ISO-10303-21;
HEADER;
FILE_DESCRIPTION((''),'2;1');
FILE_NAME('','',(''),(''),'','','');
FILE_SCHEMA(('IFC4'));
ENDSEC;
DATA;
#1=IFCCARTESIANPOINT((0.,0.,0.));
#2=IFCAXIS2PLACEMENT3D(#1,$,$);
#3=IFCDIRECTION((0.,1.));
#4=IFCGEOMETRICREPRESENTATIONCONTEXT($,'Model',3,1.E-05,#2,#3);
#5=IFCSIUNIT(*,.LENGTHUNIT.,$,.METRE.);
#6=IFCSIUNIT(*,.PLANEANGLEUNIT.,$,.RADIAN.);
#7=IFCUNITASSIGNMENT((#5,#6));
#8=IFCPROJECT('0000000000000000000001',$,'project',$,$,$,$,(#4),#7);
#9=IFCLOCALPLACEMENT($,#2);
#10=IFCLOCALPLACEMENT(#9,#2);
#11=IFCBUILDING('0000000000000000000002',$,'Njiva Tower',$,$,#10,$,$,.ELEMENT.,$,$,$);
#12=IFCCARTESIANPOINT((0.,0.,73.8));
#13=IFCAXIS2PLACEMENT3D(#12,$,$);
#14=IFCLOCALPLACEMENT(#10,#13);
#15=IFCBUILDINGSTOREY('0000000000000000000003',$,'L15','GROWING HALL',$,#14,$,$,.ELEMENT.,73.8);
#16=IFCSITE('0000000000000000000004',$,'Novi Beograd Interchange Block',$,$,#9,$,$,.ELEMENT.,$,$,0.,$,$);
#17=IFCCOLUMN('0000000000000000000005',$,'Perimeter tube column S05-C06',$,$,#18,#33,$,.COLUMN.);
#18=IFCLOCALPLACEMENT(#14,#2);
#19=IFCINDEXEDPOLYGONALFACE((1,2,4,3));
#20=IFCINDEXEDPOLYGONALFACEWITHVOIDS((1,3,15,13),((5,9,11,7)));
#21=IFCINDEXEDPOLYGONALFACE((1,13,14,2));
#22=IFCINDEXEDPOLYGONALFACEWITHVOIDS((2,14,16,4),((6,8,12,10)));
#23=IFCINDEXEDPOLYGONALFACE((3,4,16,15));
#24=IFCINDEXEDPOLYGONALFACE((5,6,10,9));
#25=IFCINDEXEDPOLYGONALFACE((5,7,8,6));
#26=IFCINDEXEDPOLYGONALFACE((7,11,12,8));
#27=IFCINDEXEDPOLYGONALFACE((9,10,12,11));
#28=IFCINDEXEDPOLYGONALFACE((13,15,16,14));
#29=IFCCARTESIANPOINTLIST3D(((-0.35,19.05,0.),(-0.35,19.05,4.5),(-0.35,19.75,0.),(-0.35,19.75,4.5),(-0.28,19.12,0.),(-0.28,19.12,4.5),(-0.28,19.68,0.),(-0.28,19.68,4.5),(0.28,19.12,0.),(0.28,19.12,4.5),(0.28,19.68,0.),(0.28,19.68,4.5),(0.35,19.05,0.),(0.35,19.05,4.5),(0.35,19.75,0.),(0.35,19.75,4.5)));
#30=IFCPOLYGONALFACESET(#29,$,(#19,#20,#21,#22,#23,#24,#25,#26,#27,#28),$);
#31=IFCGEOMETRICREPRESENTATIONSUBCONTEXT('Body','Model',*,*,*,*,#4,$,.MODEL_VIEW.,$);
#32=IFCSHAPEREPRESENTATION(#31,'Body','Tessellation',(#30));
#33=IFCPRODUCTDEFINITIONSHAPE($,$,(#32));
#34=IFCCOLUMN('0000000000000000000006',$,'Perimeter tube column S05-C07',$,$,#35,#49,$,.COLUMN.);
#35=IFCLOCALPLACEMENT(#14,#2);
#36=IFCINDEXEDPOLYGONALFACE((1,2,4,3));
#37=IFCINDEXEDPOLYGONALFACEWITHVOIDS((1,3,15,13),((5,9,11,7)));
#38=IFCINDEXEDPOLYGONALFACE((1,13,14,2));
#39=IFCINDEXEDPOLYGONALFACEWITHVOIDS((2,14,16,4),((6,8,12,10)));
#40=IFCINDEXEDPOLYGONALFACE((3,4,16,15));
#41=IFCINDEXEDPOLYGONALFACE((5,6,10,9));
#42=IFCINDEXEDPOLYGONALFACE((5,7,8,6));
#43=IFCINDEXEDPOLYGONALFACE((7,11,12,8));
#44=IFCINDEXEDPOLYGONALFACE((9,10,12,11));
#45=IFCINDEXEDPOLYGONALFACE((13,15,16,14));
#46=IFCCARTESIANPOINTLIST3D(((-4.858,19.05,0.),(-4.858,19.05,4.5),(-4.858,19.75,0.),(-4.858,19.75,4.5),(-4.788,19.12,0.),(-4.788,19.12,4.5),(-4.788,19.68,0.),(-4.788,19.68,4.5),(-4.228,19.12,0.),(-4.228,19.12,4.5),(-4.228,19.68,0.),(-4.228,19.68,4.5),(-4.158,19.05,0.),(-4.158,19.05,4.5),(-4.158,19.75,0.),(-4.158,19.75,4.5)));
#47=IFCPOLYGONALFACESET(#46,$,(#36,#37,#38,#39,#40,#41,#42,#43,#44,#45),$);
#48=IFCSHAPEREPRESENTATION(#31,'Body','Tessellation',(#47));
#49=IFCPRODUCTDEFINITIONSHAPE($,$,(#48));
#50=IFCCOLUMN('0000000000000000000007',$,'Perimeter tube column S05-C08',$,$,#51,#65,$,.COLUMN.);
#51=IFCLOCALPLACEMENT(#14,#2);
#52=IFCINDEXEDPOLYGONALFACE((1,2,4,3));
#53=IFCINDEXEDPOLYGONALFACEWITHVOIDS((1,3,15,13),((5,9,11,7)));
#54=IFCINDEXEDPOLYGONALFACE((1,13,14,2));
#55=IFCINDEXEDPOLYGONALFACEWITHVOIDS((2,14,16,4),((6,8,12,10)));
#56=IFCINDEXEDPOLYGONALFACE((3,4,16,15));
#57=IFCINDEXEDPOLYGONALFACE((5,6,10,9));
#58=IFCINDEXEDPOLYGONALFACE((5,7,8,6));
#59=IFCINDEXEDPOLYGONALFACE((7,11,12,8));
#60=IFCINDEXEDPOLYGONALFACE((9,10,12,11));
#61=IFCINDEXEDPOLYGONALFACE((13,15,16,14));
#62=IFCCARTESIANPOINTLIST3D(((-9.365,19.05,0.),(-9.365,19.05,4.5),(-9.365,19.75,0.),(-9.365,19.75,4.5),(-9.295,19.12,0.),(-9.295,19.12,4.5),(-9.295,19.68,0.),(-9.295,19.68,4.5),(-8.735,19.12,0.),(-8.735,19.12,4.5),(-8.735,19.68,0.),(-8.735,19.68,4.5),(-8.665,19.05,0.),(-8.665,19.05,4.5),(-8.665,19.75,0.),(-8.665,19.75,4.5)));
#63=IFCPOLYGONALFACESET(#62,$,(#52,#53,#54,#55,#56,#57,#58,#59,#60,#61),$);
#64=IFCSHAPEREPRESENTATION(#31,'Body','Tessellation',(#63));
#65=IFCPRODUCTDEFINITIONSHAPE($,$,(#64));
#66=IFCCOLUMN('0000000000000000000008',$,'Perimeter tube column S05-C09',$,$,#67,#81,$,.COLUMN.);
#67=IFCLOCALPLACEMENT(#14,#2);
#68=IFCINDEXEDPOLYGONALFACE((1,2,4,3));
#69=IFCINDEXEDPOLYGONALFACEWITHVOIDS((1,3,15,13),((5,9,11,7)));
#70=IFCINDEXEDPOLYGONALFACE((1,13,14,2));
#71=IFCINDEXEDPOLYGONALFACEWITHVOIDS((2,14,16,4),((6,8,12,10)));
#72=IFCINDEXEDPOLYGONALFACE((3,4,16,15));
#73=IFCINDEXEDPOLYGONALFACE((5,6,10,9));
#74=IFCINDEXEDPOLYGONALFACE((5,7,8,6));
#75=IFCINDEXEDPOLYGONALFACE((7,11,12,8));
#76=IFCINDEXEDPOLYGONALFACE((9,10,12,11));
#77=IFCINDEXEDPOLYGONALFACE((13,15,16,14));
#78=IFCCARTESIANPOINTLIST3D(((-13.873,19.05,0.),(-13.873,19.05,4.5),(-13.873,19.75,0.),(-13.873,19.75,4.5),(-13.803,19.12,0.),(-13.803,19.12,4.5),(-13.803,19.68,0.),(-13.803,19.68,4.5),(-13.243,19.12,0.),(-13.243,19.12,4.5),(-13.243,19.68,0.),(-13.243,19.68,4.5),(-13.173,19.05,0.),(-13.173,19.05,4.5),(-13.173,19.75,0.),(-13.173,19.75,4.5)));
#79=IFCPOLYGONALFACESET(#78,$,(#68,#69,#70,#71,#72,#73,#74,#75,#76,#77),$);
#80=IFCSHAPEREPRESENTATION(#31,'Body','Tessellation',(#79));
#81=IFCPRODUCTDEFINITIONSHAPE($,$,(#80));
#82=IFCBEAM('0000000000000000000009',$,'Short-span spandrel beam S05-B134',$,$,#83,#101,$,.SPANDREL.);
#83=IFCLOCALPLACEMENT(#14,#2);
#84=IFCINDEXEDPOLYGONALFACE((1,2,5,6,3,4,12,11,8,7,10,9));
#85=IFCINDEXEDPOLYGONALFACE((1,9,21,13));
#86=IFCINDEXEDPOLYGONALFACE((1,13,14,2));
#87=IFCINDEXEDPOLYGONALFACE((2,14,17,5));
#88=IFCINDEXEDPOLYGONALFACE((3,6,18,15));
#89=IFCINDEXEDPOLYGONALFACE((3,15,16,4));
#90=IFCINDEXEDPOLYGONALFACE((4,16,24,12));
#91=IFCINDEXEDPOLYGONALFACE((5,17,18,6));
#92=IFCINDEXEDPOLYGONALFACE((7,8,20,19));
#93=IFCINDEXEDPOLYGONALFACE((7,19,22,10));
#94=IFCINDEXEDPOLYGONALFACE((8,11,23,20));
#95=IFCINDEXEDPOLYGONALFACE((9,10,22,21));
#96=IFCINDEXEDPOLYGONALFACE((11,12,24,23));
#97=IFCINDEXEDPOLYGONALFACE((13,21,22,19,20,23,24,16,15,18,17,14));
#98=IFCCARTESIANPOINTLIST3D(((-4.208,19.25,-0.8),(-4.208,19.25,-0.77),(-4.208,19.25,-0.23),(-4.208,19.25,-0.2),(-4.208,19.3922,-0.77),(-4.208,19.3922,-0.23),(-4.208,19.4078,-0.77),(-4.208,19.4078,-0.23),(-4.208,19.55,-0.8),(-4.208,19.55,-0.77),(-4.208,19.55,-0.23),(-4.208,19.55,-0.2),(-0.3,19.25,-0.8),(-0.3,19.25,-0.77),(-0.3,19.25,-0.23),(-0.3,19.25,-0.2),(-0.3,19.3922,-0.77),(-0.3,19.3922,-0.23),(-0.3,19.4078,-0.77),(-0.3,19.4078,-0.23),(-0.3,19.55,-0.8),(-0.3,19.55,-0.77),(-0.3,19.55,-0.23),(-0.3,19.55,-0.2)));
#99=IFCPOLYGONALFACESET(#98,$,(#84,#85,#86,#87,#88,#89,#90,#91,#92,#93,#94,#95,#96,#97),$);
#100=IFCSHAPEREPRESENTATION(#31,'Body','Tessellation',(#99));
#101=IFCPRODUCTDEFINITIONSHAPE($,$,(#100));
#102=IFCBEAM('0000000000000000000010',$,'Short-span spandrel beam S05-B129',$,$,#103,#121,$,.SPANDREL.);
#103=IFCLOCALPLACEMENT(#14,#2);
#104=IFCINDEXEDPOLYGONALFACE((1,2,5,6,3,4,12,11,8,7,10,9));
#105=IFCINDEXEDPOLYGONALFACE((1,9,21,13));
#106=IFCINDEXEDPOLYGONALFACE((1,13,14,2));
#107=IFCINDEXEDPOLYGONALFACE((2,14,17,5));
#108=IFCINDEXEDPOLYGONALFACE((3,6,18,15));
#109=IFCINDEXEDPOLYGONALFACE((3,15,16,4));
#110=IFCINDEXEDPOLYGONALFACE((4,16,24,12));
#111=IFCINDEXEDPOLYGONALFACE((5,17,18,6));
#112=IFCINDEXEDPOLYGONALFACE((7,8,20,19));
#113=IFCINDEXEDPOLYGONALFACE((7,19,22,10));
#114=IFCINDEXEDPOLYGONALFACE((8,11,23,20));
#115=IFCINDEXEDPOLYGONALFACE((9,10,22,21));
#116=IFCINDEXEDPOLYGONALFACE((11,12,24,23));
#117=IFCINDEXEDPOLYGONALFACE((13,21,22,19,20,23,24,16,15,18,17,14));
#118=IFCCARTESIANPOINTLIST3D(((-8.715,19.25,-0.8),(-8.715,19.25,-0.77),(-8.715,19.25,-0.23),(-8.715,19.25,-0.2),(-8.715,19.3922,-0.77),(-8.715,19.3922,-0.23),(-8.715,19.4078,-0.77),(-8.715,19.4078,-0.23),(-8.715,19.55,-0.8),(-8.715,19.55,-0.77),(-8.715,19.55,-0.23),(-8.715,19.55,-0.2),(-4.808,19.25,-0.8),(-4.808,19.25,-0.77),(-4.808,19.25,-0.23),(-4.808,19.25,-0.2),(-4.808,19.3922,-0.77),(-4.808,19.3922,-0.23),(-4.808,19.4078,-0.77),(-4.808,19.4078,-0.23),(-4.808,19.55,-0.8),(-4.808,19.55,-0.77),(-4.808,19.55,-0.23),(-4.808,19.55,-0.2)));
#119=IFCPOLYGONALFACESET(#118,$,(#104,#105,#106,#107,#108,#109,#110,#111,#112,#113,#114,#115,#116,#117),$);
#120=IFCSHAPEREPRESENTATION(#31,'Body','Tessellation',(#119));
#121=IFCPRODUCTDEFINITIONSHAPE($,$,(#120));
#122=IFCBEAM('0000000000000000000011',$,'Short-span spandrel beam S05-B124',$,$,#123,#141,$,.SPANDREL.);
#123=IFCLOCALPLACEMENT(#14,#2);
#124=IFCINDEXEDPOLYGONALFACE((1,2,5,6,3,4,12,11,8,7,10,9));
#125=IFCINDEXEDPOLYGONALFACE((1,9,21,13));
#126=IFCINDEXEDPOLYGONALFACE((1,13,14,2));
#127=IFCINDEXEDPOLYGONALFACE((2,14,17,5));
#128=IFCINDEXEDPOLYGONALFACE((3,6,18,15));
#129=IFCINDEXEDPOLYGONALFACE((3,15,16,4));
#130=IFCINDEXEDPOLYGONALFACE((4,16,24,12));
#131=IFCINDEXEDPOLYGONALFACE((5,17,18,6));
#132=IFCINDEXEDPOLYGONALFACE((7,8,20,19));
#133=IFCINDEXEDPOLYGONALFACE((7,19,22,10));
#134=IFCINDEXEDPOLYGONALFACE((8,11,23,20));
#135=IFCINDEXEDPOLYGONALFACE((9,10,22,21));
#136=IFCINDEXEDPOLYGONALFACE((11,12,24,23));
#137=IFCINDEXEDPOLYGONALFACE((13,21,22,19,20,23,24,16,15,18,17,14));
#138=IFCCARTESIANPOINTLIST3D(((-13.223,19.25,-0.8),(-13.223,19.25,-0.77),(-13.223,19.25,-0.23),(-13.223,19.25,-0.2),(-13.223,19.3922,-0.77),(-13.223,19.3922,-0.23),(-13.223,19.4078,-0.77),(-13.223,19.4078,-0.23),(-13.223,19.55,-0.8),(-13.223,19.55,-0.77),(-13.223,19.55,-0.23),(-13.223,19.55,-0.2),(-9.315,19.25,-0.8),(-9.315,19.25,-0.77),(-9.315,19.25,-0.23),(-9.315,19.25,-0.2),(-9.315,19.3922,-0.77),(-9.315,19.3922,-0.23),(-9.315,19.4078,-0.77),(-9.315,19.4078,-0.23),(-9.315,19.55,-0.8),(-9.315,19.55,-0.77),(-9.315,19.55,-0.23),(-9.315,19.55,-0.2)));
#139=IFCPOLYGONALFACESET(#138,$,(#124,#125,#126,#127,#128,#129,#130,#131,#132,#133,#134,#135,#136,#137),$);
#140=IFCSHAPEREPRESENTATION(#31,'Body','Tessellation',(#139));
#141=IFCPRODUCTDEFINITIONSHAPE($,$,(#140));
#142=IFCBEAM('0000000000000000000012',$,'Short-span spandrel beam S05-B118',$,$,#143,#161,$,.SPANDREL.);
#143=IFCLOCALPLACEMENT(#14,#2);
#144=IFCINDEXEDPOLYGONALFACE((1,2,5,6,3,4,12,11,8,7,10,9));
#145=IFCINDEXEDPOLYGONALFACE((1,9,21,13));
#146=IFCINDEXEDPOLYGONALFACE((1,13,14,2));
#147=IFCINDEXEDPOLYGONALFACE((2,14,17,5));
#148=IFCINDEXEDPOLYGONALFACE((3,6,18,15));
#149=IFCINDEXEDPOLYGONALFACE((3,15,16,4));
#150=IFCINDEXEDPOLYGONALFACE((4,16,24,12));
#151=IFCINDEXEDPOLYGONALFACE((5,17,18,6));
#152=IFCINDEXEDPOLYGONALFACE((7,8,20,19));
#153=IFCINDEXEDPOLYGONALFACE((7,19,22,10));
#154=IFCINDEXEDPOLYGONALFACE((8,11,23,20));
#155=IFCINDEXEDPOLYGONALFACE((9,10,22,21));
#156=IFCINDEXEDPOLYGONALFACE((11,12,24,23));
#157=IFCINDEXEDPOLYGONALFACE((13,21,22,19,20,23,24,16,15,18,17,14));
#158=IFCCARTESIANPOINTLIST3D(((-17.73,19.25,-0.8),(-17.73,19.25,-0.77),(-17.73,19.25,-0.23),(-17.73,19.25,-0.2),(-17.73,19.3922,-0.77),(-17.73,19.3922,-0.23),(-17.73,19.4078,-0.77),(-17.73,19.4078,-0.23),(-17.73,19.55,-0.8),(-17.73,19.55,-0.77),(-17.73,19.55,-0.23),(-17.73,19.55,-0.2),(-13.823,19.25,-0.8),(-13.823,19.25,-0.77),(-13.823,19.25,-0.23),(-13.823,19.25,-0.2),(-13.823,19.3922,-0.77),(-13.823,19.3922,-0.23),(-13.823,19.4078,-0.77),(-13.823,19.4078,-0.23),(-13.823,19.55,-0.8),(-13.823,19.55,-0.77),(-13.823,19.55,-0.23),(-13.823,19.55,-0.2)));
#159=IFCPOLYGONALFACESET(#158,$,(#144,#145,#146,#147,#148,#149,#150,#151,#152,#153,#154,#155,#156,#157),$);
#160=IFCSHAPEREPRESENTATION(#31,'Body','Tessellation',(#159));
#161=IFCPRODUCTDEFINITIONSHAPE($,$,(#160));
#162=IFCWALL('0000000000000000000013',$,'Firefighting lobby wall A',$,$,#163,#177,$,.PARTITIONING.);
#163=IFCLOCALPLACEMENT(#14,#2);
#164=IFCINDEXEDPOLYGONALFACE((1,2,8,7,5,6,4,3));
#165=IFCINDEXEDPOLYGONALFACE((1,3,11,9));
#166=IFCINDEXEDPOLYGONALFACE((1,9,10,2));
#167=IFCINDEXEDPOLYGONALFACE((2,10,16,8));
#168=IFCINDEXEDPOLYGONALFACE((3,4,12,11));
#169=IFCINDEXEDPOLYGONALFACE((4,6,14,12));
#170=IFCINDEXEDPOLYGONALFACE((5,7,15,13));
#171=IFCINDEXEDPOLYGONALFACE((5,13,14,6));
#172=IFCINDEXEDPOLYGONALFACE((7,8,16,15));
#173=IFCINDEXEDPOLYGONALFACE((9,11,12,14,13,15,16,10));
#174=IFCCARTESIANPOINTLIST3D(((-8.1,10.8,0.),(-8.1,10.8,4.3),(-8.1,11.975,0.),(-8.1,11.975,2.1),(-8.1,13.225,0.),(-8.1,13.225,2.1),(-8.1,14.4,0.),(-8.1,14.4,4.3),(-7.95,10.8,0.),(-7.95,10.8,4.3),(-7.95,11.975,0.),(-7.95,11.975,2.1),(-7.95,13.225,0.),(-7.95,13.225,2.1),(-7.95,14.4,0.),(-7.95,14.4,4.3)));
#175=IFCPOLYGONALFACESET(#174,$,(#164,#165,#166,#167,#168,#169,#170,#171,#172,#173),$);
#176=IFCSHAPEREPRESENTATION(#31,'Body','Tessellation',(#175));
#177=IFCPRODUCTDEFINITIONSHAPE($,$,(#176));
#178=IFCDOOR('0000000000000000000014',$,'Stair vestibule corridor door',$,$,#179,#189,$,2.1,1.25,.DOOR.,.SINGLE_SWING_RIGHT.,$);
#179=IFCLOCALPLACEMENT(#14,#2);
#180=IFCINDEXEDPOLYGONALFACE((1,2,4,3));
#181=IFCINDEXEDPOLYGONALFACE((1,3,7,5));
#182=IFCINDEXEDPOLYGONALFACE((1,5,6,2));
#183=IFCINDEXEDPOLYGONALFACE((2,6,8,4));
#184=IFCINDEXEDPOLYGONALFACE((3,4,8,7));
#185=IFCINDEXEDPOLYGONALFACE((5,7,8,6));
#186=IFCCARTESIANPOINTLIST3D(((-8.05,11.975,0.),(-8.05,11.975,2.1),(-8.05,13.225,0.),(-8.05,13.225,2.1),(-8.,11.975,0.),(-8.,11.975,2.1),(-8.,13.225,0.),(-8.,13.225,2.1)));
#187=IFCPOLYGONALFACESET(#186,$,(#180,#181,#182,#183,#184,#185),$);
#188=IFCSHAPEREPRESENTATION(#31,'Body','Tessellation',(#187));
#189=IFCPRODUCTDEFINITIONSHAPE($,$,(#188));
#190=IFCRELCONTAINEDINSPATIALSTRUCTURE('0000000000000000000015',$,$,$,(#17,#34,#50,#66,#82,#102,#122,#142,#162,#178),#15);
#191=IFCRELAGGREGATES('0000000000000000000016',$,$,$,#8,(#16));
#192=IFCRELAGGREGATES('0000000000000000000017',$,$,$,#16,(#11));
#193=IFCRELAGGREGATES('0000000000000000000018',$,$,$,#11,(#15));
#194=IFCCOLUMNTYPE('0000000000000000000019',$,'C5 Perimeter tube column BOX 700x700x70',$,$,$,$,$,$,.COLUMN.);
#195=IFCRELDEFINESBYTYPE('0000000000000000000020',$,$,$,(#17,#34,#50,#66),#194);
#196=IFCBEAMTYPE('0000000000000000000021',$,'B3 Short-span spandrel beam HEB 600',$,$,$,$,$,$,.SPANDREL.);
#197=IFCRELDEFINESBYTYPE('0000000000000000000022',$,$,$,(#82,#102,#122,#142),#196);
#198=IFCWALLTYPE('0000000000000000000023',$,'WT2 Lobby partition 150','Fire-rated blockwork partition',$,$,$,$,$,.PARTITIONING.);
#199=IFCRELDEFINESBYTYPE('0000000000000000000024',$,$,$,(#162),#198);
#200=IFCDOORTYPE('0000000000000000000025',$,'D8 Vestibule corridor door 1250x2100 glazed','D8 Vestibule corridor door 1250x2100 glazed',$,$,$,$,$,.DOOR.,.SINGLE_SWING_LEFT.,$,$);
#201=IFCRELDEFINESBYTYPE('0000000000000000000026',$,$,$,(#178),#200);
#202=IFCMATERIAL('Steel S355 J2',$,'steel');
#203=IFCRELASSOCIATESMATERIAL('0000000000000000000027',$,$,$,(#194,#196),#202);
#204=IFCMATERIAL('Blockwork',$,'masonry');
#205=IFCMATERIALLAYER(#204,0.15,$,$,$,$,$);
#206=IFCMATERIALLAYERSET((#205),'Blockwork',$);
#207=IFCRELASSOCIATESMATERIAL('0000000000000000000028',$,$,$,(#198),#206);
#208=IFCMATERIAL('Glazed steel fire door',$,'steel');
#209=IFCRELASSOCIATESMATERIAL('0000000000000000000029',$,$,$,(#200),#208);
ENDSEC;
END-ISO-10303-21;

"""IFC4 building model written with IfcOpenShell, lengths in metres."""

from ifc_helpers import new_model, si_unit, direction, frame, frame_2d, origin, origin_2d, place, context, subcontext, project, spatial, rectangle, hollow_rectangle, i_section, extrude, material, layer, layer_set, material_profile, profile_set, type_object, element, fill, save


model = new_model("IFC4")

# Units and contexts
model_context = context("Model", 3, precision=1e-05, world=origin(), true_north=direction((0.0, 1.0)))
body_context = subcontext(model_context, "Body", "Model", "MODEL_VIEW")
ifc_project = project(units=[si_unit("LENGTHUNIT", "METRE"), si_unit("PLANEANGLEUNIT", "RADIAN")], contexts=[model_context])

# Site, building, storey
site_placement = place(None, origin())
site = spatial("IfcSite", under=ifc_project, at=site_placement, Name="Novi Beograd Interchange Block", CompositionType="ELEMENT", RefElevation=0.0)
building_placement = place(site_placement, origin())
building = spatial("IfcBuilding", under=site, at=building_placement, Name="Njiva Tower", CompositionType="ELEMENT")
storey_placement = place(building_placement, frame((0.0, 0.0, 73.8)))
storey = spatial("IfcBuildingStorey", under=building, at=storey_placement, Name="L15", Description="GROWING HALL", CompositionType="ELEMENT", Elevation=73.8)

# Columns
ifc_material_1 = material(Name="Steel S355 J2", Category="steel")
ifc_material_profile_1 = material_profile(ifc_material_1, hollow_rectangle(XDim=0.7, YDim=0.7, WallThickness=0.07, at=origin_2d()), Name="BOX 700x700x70")
ifc_profile_set_1 = profile_set([ifc_material_profile_1], Name="Steel S355 J2")
column_type = type_object("IfcColumnType", Name="C5 Perimeter tube column BOX 700x700x70", PredefinedType="COLUMN", material=ifc_profile_set_1)
for number, where, z_axis, x_axis, name in (
    (1, (0.0, 19.4, 0.0), (0.0, 0.0, 1.0), (-1.0, 0.0, 0.0), "Perimeter tube column S05-C06"),
    (2, (-4.508, 19.4, 0.0), (0.0, 0.0, 1.0), (-1.0, 0.0, 0.0), "Perimeter tube column S05-C07"),
    (3, (-9.015, 19.4, 0.0), (0.0, 0.0, 1.0), (-1.0, 0.0, 0.0), "Perimeter tube column S05-C08"),
    (4, (-13.523, 19.4, 0.0), (0.0, 0.0, 1.0), (-1.0, 0.0, 0.0), "Perimeter tube column S05-C09"),
):
    element("IfcColumn", number, at=place(storey_placement, frame(where, z_axis=z_axis, x_axis=x_axis)), inside=storey, type_object=column_type, Name=name, PredefinedType="COLUMN", context=body_context, shape_type="SweptSolid", body=[
        extrude(hollow_rectangle(XDim=0.7, YDim=0.7, WallThickness=0.07, at=origin_2d()), origin(), (0.0, 0.0, 1.0), 4.5),
    ])

# Beams
ifc_material_profile_2 = material_profile(ifc_material_1, i_section(OverallWidth=0.3, OverallDepth=0.6, WebThickness=0.0155, FlangeThickness=0.03, at=origin_2d()), Name="HEB 600")
ifc_profile_set_2 = profile_set([ifc_material_profile_2], Name="Steel S355 J2")
beam_type = type_object("IfcBeamType", Name="B3 Short-span spandrel beam HEB 600", PredefinedType="SPANDREL", material=ifc_profile_set_2)
beam_1_placement = place(storey_placement, frame((-0.3, 19.4, -0.5), z_axis=(-1.0, 0.0, 0.0), x_axis=(0.0, -1.0, 0.0)))
element("IfcBeam", 5, at=beam_1_placement, inside=storey, type_object=beam_type, Name="Short-span spandrel beam S05-B134", PredefinedType="SPANDREL", context=body_context, shape_type="SweptSolid", body=[
    extrude(i_section(OverallWidth=0.3, OverallDepth=0.6, WebThickness=0.0155, FlangeThickness=0.03, at=origin_2d()), origin(), (0.0, 0.0, 1.0), 3.908),
])
beam_2_placement = place(storey_placement, frame((-4.808, 19.4, -0.5), z_axis=(-1.0, 0.0, 0.0), x_axis=(0.0, -1.0, 0.0)))
element("IfcBeam", 6, at=beam_2_placement, inside=storey, type_object=beam_type, Name="Short-span spandrel beam S05-B129", PredefinedType="SPANDREL", context=body_context, shape_type="SweptSolid", body=[
    extrude(i_section(OverallWidth=0.3, OverallDepth=0.6, WebThickness=0.0155, FlangeThickness=0.03, at=origin_2d()), origin(), (0.0, 0.0, 1.0), 3.907),
])
beam_3_placement = place(storey_placement, frame((-9.315, 19.4, -0.5), z_axis=(-1.0, 0.0, 0.0), x_axis=(0.0, -1.0, 0.0)))
element("IfcBeam", 7, at=beam_3_placement, inside=storey, type_object=beam_type, Name="Short-span spandrel beam S05-B124", PredefinedType="SPANDREL", context=body_context, shape_type="SweptSolid", body=[
    extrude(i_section(OverallWidth=0.3, OverallDepth=0.6, WebThickness=0.0155, FlangeThickness=0.03, at=origin_2d()), origin(), (0.0, 0.0, 1.0), 3.908),
])
beam_4_placement = place(storey_placement, frame((-13.823, 19.4, -0.5), z_axis=(-1.0, 0.0, 0.0), x_axis=(0.0, -1.0, 0.0)))
element("IfcBeam", 8, at=beam_4_placement, inside=storey, type_object=beam_type, Name="Short-span spandrel beam S05-B118", PredefinedType="SPANDREL", context=body_context, shape_type="SweptSolid", body=[
    extrude(i_section(OverallWidth=0.3, OverallDepth=0.6, WebThickness=0.0155, FlangeThickness=0.03, at=origin_2d()), origin(), (0.0, 0.0, 1.0), 3.907),
])

# Wall, opening, door
ifc_material_2 = material(Name="Blockwork", Category="masonry")
ifc_layer_1 = layer(ifc_material_2, 0.15)
ifc_layer_set_1 = layer_set([ifc_layer_1], Name="Blockwork")
wall_type_1 = type_object("IfcWallType", Name="WT2 Lobby partition 150", Description="Fire-rated blockwork partition", PredefinedType="PARTITIONING", material=ifc_layer_set_1)
wall_1_placement = place(storey_placement, frame((-8.025, 10.8, 0.0), z_axis=(0.0, 0.0, 1.0), x_axis=(0.0, 1.0, 0.0)))
wall_1 = element("IfcWall", 9, at=wall_1_placement, inside=storey, type_object=wall_type_1, Name="Firefighting lobby wall A", PredefinedType="PARTITIONING", context=body_context, shape_type="SweptSolid", body=[
    extrude(rectangle(XDim=3.6, YDim=0.15, at=frame_2d((1.8, 0.0))), origin(), (0.0, 0.0, 1.0), 4.3),
])
opening_1_placement = place(wall_1_placement, frame((1.175, 0.0, 0.0)))
opening_1 = element("IfcOpeningElement", 10, at=opening_1_placement, cuts=wall_1, PredefinedType="OPENING", context=body_context, shape_type="SweptSolid", body=[
    extrude(rectangle(XDim=1.25, YDim=2.1, at=frame_2d((0.625, 1.05))), frame((0.0, 0.085, 0.0), z_axis=(0.0, -1.0, 0.0), x_axis=(1.0, 0.0, 0.0)), (0.0, 0.0, 1.0), 0.17),
])
ifc_material_3 = material(Name="Glazed steel fire door", Category="steel")
door_type_1 = type_object("IfcDoorType", Name="D8 Vestibule corridor door 1250x2100 glazed", Description="D8 Vestibule corridor door 1250x2100 glazed", OperationType="SINGLE_SWING_LEFT", PredefinedType="DOOR", material=ifc_material_3)
door_1_placement = place(opening_1_placement, origin())
door_1 = element("IfcDoor", 11, at=door_1_placement, inside=storey, type_object=door_type_1, Name="Stair vestibule corridor door", OperationType="SINGLE_SWING_RIGHT", OverallHeight=2.1, OverallWidth=1.25, PredefinedType="DOOR", context=body_context, shape_type="SweptSolid", body=[
    extrude(rectangle(XDim=1.25, YDim=2.1, at=frame_2d((0.625, 1.05))), frame((0.0, 0.025, 0.0), z_axis=(0.0, -1.0, 0.0), x_axis=(1.0, 0.0, 0.0)), (0.0, 0.0, 1.0), 0.05),
])
fill(opening_1, door_1)

save(model, "model.ifc")
